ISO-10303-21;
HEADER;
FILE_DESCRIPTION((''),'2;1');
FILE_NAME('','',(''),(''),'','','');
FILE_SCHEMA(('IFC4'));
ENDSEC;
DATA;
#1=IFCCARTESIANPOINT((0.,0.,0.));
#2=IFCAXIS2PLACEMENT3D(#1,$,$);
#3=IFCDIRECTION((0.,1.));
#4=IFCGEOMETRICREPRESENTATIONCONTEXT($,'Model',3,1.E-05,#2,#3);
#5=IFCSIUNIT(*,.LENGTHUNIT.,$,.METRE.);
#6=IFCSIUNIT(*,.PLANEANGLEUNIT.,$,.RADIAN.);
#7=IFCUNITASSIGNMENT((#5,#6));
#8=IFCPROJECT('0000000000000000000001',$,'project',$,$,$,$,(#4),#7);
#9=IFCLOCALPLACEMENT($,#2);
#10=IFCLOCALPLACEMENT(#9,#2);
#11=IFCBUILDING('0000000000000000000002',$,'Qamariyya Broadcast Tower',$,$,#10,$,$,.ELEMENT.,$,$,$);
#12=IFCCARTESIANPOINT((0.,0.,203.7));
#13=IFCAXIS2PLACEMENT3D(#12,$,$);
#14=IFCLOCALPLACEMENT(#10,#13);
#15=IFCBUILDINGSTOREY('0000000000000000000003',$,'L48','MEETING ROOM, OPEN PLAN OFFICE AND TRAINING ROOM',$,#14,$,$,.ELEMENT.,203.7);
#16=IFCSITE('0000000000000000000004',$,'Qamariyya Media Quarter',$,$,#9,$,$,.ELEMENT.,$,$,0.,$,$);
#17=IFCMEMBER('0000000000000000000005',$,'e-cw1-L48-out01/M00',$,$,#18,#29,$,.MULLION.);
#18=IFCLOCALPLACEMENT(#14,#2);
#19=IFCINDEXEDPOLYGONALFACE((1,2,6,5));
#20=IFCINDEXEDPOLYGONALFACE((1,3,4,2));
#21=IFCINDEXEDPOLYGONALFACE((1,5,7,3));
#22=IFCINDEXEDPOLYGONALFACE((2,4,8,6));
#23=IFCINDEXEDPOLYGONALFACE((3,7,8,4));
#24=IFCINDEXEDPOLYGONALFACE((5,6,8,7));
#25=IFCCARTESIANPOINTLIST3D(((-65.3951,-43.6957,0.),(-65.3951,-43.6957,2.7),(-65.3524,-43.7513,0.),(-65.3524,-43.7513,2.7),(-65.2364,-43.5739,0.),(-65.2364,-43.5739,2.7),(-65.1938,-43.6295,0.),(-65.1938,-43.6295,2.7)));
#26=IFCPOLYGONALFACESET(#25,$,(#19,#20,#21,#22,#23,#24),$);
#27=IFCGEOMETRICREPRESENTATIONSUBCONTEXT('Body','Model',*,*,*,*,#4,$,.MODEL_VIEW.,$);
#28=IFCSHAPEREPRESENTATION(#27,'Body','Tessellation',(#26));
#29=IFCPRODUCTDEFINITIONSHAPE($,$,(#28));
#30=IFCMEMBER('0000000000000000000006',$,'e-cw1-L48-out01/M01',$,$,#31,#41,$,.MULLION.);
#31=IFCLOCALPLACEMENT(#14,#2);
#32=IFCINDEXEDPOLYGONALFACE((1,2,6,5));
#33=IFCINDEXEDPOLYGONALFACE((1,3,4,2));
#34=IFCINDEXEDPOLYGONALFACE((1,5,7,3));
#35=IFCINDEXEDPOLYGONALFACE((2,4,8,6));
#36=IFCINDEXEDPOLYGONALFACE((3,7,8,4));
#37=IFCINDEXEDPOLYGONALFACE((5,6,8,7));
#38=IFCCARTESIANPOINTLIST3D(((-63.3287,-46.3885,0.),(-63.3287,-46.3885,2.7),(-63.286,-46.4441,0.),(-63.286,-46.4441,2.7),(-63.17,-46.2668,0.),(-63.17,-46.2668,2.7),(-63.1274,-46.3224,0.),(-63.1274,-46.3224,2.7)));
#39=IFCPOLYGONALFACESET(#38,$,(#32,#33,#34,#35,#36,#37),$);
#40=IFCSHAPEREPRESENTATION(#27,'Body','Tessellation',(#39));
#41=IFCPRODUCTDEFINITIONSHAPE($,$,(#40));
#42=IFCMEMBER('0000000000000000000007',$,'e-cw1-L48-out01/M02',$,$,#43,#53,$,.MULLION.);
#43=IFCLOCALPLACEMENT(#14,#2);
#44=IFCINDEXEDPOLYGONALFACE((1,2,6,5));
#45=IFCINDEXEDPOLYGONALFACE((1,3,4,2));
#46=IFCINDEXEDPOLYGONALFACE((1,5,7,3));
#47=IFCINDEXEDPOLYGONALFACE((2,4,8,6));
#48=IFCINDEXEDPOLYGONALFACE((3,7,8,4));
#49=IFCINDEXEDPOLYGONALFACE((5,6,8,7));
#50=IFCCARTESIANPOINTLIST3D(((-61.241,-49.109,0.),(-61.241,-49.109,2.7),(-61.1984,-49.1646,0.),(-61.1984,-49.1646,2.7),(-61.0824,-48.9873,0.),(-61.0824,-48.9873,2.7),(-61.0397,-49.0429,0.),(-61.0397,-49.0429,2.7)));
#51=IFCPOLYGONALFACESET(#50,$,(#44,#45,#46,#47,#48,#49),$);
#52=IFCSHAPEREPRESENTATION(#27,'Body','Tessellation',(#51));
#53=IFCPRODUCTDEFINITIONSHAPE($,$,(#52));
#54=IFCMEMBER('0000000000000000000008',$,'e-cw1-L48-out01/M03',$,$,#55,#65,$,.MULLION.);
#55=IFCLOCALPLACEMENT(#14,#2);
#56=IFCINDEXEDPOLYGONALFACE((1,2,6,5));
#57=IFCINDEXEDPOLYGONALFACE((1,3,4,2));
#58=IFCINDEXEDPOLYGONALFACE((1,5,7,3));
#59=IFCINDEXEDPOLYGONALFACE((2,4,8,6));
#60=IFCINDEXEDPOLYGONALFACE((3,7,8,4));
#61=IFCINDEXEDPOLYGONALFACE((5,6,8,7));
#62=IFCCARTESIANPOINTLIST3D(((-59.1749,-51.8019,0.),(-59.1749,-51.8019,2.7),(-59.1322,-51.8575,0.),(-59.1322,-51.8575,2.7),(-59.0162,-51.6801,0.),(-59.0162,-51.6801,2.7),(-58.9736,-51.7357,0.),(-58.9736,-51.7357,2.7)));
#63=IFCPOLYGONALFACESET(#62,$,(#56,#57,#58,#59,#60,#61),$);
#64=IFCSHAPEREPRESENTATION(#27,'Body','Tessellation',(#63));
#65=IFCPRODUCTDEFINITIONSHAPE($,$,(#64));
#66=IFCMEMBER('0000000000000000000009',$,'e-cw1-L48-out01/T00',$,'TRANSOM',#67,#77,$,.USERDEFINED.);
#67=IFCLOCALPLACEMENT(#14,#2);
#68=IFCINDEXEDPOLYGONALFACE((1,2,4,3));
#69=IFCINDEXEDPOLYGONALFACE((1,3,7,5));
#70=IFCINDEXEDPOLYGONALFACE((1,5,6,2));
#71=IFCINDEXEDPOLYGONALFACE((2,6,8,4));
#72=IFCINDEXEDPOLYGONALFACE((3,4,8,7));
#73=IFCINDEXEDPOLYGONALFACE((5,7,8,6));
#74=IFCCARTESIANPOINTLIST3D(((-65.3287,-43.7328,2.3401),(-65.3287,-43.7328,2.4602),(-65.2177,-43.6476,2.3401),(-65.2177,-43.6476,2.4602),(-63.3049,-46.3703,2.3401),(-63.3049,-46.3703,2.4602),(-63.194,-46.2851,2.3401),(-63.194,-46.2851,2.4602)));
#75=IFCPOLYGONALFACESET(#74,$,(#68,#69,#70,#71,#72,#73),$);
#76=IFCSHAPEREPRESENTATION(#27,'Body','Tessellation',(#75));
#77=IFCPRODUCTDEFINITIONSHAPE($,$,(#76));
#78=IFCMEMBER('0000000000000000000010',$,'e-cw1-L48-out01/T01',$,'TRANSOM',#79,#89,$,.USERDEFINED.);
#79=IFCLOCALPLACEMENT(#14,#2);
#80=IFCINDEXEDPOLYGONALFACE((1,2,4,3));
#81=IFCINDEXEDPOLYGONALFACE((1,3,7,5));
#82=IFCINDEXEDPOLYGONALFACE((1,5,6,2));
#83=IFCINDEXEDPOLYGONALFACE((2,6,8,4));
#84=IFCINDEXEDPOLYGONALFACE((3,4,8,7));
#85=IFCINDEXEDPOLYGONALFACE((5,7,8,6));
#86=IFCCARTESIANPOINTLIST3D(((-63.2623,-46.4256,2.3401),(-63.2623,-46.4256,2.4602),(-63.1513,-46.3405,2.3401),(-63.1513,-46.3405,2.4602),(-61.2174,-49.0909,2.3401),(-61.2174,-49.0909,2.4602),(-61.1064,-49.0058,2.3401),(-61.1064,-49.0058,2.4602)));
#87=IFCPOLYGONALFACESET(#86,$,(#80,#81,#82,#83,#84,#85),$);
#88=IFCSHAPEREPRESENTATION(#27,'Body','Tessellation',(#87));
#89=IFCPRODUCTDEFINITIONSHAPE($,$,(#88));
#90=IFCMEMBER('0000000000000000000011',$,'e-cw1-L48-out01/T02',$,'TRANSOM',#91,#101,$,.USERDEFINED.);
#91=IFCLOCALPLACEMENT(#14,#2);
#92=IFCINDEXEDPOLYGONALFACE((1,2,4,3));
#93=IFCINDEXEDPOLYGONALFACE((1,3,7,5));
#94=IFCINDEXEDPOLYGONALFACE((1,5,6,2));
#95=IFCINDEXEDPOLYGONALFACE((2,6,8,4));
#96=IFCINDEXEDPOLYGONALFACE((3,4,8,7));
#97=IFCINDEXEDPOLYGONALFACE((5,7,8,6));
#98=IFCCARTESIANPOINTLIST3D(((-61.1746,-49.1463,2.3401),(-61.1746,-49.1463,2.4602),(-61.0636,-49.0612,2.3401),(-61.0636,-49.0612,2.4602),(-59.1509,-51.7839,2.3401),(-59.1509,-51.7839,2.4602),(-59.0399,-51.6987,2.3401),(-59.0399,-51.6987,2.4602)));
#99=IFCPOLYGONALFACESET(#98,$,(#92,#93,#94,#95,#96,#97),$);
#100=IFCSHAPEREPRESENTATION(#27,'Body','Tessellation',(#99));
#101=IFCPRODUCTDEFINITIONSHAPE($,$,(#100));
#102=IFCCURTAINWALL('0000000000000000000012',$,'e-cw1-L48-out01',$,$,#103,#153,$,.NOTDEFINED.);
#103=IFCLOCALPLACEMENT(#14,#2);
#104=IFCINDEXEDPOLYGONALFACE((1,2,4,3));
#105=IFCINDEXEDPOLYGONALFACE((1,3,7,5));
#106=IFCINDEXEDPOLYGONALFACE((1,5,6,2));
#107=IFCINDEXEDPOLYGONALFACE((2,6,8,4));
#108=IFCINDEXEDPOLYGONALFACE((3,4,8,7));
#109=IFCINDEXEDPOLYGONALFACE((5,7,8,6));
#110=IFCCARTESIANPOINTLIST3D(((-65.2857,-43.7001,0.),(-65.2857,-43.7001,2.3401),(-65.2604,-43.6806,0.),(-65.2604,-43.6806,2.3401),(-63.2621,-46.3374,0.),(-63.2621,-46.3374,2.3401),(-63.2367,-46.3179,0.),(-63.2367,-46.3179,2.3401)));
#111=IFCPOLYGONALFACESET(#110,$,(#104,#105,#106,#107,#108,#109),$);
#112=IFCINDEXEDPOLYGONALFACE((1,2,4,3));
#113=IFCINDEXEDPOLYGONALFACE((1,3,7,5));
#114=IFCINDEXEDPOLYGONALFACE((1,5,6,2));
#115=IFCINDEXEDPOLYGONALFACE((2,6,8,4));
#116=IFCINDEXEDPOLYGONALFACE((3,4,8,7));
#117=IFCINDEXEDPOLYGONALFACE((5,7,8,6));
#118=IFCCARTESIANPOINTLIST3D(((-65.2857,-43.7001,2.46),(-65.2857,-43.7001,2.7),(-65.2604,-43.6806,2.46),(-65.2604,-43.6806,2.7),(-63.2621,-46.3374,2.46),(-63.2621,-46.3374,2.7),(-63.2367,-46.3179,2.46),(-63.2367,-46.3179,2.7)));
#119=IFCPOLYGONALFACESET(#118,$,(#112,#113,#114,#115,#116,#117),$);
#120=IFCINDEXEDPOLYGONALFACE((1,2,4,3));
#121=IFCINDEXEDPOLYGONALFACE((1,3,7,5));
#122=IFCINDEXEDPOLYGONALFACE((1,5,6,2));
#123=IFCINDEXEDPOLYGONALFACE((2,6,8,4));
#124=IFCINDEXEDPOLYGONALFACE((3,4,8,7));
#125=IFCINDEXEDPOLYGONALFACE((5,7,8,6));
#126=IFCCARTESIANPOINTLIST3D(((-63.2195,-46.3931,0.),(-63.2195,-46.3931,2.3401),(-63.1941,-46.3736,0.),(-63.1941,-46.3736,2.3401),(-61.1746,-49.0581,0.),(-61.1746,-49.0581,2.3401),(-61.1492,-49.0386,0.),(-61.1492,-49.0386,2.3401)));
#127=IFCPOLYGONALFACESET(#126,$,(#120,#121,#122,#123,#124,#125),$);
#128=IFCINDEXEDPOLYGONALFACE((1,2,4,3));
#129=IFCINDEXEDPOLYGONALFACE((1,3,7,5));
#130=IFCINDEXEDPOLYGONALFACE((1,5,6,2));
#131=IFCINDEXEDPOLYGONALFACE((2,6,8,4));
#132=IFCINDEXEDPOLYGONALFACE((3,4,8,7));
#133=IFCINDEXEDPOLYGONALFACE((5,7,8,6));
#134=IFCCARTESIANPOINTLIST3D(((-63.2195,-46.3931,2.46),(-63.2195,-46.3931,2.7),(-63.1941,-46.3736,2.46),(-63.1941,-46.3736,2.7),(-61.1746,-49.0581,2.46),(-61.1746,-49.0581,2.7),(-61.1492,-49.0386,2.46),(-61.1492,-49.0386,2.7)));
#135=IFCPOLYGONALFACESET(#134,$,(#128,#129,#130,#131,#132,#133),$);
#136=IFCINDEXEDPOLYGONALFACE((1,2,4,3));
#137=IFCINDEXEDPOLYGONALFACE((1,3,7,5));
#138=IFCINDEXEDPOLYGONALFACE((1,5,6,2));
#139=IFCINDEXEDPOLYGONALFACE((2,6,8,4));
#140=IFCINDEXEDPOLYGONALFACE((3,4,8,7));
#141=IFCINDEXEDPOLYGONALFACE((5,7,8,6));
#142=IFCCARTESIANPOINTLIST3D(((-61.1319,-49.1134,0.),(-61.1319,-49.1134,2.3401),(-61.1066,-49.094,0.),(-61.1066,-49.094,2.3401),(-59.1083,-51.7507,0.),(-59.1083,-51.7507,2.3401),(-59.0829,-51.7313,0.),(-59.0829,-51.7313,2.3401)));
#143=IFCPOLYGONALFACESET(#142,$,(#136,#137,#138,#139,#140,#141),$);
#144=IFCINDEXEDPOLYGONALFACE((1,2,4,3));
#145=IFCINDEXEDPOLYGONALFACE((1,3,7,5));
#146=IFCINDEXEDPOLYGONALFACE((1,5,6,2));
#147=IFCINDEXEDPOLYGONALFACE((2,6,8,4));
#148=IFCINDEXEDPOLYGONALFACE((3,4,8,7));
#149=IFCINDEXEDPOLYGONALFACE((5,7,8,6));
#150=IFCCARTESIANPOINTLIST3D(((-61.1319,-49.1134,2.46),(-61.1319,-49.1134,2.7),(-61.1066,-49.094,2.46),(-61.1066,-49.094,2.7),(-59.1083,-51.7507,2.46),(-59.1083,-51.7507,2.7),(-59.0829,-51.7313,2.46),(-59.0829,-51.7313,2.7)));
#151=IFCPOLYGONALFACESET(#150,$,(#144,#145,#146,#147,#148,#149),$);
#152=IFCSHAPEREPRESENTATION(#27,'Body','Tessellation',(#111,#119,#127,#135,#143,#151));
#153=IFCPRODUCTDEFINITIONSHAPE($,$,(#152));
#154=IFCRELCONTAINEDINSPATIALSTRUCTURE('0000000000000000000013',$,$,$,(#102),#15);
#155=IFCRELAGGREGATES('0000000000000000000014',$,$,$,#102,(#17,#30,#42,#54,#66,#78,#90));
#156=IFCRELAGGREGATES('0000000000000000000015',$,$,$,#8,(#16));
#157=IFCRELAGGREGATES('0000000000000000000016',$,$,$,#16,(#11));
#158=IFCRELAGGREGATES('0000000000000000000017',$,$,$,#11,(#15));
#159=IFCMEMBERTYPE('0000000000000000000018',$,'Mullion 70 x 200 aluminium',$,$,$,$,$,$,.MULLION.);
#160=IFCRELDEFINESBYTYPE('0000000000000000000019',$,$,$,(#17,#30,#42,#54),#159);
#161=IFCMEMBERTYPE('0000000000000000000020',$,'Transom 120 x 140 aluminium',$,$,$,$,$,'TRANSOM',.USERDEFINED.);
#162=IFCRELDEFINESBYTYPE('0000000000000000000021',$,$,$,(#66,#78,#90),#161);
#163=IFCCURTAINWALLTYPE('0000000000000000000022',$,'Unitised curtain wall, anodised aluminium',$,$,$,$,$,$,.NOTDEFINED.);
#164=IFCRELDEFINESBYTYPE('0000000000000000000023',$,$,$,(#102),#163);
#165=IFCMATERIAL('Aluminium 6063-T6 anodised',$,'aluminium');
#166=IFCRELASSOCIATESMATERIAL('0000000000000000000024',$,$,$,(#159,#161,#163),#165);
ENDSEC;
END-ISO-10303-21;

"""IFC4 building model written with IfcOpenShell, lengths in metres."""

from ifc_helpers import new_model, si_unit, direction, frame, origin, origin_2d, place, context, subcontext, project, spatial, rectangle, extrude, material, material_profile, profile_set, type_object, element, aggregate, save


model = new_model("IFC4")

# Units and contexts
model_context = context("Model", 3, precision=1e-05, world=origin(), true_north=direction((0.0, 1.0)))
body_context = subcontext(model_context, "Body", "Model", "MODEL_VIEW")
ifc_project = project(units=[si_unit("LENGTHUNIT", "METRE"), si_unit("PLANEANGLEUNIT", "RADIAN")], contexts=[model_context])

# Site, building, storey
site_placement = place(None, origin())
site = spatial("IfcSite", under=ifc_project, at=site_placement, Name="Qamariyya Media Quarter", CompositionType="ELEMENT", RefElevation=0.0)
building_placement = place(site_placement, origin())
building = spatial("IfcBuilding", under=site, at=building_placement, Name="Qamariyya Broadcast Tower", CompositionType="ELEMENT")
storey_placement = place(building_placement, frame((0.0, 0.0, 203.7)))
storey = spatial("IfcBuildingStorey", under=building, at=storey_placement, Name="L48", Description="MEETING ROOM, OPEN PLAN OFFICE AND TRAINING ROOM", CompositionType="ELEMENT", Elevation=203.7)

# Members
ifc_material_1 = material(Name="Aluminium 6063-T6 anodised", Category="aluminium")
ifc_material_profile_1 = material_profile(ifc_material_1, rectangle(XDim=0.2, YDim=0.0701, at=origin_2d()))
ifc_profile_set_1 = profile_set([ifc_material_profile_1], Name="Aluminium 6063-T6 anodised")
member_type_1 = type_object("IfcMemberType", Name="Mullion 70 x 200 aluminium", PredefinedType="MULLION", material=ifc_profile_set_1)
member_1_placement = place(storey_placement, frame((-65.2944, -43.6626, 0.0), z_axis=(0.0, 0.0, 1.0), x_axis=(0.793353, 0.608761, 0.0)))
member_1 = element("IfcMember", 1, at=member_1_placement, type_object=member_type_1, Name="e-cw1-L48-out01/M00", PredefinedType="MULLION", context=body_context, shape_type="SweptSolid", body=[
    extrude(rectangle(XDim=0.2, YDim=0.0701, at=origin_2d()), origin(), (0.0, 0.0, 1.0), 2.7),
])
member_2_placement = place(storey_placement, frame((-63.228, -46.3555, 0.0), z_axis=(0.0, 0.0, 1.0), x_axis=(0.793353, 0.608761, 0.0)))
member_2 = element("IfcMember", 2, at=member_2_placement, type_object=member_type_1, Name="e-cw1-L48-out01/M01", PredefinedType="MULLION", context=body_context, shape_type="SweptSolid", body=[
    extrude(rectangle(XDim=0.2, YDim=0.0701, at=origin_2d()), origin(), (0.0, 0.0, 1.0), 2.7),
])
member_3_placement = place(storey_placement, frame((-61.1404, -49.0759, 0.0), z_axis=(0.0, 0.0, 1.0), x_axis=(0.793353, 0.608761, 0.0)))
member_3 = element("IfcMember", 3, at=member_3_placement, type_object=member_type_1, Name="e-cw1-L48-out01/M02", PredefinedType="MULLION", context=body_context, shape_type="SweptSolid", body=[
    extrude(rectangle(XDim=0.2, YDim=0.0701, at=origin_2d()), origin(), (0.0, 0.0, 1.0), 2.7),
])
member_4_placement = place(storey_placement, frame((-59.0742, -51.7688, 0.0), z_axis=(0.0, 0.0, 1.0), x_axis=(0.793353, 0.608761, 0.0)))
member_4 = element("IfcMember", 4, at=member_4_placement, type_object=member_type_1, Name="e-cw1-L48-out01/M03", PredefinedType="MULLION", context=body_context, shape_type="SweptSolid", body=[
    extrude(rectangle(XDim=0.2, YDim=0.0701, at=origin_2d()), origin(), (0.0, 0.0, 1.0), 2.7),
])

# Members
ifc_material_profile_2 = material_profile(ifc_material_1, rectangle(XDim=0.1399, YDim=0.1201, at=origin_2d()))
ifc_profile_set_2 = profile_set([ifc_material_profile_2], Name="Aluminium 6063-T6 anodised")
member_type_2 = type_object("IfcMemberType", Name="Transom 120 x 140 aluminium", ElementType="TRANSOM", PredefinedType="USERDEFINED", material=ifc_profile_set_2)
member_5_placement = place(storey_placement, frame((-65.2732, -43.6902, 2.4001), z_axis=(0.608741, -0.793369, 0.0), x_axis=(0.793369, 0.608741, 0.0)))
member_5 = element("IfcMember", 5, at=member_5_placement, type_object=member_type_2, Name="e-cw1-L48-out01/T00", ObjectType="TRANSOM", PredefinedType="USERDEFINED", context=body_context, shape_type="SweptSolid", body=[
    extrude(rectangle(XDim=0.1399, YDim=0.1201, at=origin_2d()), origin(), (0.0, 0.0, 1.0), 3.3245),
])
member_6_placement = place(storey_placement, frame((-63.2068, -46.3831, 2.4001), z_axis=(0.60872, -0.793385, 0.0), x_axis=(0.793385, 0.60872, 0.0)))
member_6 = element("IfcMember", 6, at=member_6_placement, type_object=member_type_2, Name="e-cw1-L48-out01/T01", ObjectType="TRANSOM", PredefinedType="USERDEFINED", context=body_context, shape_type="SweptSolid", body=[
    extrude(rectangle(XDim=0.1399, YDim=0.1201, at=origin_2d()), origin(), (0.0, 0.0, 1.0), 3.3594),
])
member_7_placement = place(storey_placement, frame((-61.1191, -49.1038, 2.4001), z_axis=(0.608741, -0.793369, 0.0), x_axis=(0.793369, 0.608741, 0.0)))
member_7 = element("IfcMember", 7, at=member_7_placement, type_object=member_type_2, Name="e-cw1-L48-out01/T02", ObjectType="TRANSOM", PredefinedType="USERDEFINED", context=body_context, shape_type="SweptSolid", body=[
    extrude(rectangle(XDim=0.1399, YDim=0.1201, at=origin_2d()), origin(), (0.0, 0.0, 1.0), 3.3245),
])

# Curtain wall
curtain_wall_type = type_object("IfcCurtainWallType", Name="Unitised curtain wall, anodised aluminium", PredefinedType="NOTDEFINED", material=ifc_material_1)
curtain_wall_1_placement = place(storey_placement, origin())
curtain_wall_1 = element("IfcCurtainWall", 8, at=curtain_wall_1_placement, inside=storey, type_object=curtain_wall_type, Name="e-cw1-L48-out01", PredefinedType="NOTDEFINED", context=body_context, shape_type="SweptSolid", body=[
    extrude(rectangle(XDim=3.3242, YDim=0.032, at=origin_2d()), frame((-64.2612, -45.009, 0.0), x_axis=(0.608754, -0.793359, 0.0)), (0.0, 0.0, 1.0), 2.3401),
    extrude(rectangle(XDim=3.3242, YDim=0.032, at=origin_2d()), frame((-64.2612, -45.009, 2.46), x_axis=(0.608754, -0.793359, 0.0)), (0.0, 0.0, 1.0), 0.24),
    extrude(rectangle(XDim=3.3591, YDim=0.032, at=origin_2d()), frame((-62.1843, -47.7158, 0.0), x_axis=(0.608754, -0.793359, 0.0)), (0.0, 0.0, 1.0), 2.3401),
    extrude(rectangle(XDim=3.3591, YDim=0.032, at=origin_2d()), frame((-62.1843, -47.7158, 2.46), x_axis=(0.608754, -0.793359, 0.0)), (0.0, 0.0, 1.0), 0.24),
    extrude(rectangle(XDim=3.3242, YDim=0.032, at=origin_2d()), frame((-60.1074, -50.4224, 0.0), x_axis=(0.608754, -0.793359, 0.0)), (0.0, 0.0, 1.0), 2.3401),
    extrude(rectangle(XDim=3.3242, YDim=0.032, at=origin_2d()), frame((-60.1074, -50.4224, 2.46), x_axis=(0.608754, -0.793359, 0.0)), (0.0, 0.0, 1.0), 0.24),
])
aggregate(curtain_wall_1, [member_1, member_2, member_3, member_4, member_5, member_6, member_7])

save(model, "model.ifc")
